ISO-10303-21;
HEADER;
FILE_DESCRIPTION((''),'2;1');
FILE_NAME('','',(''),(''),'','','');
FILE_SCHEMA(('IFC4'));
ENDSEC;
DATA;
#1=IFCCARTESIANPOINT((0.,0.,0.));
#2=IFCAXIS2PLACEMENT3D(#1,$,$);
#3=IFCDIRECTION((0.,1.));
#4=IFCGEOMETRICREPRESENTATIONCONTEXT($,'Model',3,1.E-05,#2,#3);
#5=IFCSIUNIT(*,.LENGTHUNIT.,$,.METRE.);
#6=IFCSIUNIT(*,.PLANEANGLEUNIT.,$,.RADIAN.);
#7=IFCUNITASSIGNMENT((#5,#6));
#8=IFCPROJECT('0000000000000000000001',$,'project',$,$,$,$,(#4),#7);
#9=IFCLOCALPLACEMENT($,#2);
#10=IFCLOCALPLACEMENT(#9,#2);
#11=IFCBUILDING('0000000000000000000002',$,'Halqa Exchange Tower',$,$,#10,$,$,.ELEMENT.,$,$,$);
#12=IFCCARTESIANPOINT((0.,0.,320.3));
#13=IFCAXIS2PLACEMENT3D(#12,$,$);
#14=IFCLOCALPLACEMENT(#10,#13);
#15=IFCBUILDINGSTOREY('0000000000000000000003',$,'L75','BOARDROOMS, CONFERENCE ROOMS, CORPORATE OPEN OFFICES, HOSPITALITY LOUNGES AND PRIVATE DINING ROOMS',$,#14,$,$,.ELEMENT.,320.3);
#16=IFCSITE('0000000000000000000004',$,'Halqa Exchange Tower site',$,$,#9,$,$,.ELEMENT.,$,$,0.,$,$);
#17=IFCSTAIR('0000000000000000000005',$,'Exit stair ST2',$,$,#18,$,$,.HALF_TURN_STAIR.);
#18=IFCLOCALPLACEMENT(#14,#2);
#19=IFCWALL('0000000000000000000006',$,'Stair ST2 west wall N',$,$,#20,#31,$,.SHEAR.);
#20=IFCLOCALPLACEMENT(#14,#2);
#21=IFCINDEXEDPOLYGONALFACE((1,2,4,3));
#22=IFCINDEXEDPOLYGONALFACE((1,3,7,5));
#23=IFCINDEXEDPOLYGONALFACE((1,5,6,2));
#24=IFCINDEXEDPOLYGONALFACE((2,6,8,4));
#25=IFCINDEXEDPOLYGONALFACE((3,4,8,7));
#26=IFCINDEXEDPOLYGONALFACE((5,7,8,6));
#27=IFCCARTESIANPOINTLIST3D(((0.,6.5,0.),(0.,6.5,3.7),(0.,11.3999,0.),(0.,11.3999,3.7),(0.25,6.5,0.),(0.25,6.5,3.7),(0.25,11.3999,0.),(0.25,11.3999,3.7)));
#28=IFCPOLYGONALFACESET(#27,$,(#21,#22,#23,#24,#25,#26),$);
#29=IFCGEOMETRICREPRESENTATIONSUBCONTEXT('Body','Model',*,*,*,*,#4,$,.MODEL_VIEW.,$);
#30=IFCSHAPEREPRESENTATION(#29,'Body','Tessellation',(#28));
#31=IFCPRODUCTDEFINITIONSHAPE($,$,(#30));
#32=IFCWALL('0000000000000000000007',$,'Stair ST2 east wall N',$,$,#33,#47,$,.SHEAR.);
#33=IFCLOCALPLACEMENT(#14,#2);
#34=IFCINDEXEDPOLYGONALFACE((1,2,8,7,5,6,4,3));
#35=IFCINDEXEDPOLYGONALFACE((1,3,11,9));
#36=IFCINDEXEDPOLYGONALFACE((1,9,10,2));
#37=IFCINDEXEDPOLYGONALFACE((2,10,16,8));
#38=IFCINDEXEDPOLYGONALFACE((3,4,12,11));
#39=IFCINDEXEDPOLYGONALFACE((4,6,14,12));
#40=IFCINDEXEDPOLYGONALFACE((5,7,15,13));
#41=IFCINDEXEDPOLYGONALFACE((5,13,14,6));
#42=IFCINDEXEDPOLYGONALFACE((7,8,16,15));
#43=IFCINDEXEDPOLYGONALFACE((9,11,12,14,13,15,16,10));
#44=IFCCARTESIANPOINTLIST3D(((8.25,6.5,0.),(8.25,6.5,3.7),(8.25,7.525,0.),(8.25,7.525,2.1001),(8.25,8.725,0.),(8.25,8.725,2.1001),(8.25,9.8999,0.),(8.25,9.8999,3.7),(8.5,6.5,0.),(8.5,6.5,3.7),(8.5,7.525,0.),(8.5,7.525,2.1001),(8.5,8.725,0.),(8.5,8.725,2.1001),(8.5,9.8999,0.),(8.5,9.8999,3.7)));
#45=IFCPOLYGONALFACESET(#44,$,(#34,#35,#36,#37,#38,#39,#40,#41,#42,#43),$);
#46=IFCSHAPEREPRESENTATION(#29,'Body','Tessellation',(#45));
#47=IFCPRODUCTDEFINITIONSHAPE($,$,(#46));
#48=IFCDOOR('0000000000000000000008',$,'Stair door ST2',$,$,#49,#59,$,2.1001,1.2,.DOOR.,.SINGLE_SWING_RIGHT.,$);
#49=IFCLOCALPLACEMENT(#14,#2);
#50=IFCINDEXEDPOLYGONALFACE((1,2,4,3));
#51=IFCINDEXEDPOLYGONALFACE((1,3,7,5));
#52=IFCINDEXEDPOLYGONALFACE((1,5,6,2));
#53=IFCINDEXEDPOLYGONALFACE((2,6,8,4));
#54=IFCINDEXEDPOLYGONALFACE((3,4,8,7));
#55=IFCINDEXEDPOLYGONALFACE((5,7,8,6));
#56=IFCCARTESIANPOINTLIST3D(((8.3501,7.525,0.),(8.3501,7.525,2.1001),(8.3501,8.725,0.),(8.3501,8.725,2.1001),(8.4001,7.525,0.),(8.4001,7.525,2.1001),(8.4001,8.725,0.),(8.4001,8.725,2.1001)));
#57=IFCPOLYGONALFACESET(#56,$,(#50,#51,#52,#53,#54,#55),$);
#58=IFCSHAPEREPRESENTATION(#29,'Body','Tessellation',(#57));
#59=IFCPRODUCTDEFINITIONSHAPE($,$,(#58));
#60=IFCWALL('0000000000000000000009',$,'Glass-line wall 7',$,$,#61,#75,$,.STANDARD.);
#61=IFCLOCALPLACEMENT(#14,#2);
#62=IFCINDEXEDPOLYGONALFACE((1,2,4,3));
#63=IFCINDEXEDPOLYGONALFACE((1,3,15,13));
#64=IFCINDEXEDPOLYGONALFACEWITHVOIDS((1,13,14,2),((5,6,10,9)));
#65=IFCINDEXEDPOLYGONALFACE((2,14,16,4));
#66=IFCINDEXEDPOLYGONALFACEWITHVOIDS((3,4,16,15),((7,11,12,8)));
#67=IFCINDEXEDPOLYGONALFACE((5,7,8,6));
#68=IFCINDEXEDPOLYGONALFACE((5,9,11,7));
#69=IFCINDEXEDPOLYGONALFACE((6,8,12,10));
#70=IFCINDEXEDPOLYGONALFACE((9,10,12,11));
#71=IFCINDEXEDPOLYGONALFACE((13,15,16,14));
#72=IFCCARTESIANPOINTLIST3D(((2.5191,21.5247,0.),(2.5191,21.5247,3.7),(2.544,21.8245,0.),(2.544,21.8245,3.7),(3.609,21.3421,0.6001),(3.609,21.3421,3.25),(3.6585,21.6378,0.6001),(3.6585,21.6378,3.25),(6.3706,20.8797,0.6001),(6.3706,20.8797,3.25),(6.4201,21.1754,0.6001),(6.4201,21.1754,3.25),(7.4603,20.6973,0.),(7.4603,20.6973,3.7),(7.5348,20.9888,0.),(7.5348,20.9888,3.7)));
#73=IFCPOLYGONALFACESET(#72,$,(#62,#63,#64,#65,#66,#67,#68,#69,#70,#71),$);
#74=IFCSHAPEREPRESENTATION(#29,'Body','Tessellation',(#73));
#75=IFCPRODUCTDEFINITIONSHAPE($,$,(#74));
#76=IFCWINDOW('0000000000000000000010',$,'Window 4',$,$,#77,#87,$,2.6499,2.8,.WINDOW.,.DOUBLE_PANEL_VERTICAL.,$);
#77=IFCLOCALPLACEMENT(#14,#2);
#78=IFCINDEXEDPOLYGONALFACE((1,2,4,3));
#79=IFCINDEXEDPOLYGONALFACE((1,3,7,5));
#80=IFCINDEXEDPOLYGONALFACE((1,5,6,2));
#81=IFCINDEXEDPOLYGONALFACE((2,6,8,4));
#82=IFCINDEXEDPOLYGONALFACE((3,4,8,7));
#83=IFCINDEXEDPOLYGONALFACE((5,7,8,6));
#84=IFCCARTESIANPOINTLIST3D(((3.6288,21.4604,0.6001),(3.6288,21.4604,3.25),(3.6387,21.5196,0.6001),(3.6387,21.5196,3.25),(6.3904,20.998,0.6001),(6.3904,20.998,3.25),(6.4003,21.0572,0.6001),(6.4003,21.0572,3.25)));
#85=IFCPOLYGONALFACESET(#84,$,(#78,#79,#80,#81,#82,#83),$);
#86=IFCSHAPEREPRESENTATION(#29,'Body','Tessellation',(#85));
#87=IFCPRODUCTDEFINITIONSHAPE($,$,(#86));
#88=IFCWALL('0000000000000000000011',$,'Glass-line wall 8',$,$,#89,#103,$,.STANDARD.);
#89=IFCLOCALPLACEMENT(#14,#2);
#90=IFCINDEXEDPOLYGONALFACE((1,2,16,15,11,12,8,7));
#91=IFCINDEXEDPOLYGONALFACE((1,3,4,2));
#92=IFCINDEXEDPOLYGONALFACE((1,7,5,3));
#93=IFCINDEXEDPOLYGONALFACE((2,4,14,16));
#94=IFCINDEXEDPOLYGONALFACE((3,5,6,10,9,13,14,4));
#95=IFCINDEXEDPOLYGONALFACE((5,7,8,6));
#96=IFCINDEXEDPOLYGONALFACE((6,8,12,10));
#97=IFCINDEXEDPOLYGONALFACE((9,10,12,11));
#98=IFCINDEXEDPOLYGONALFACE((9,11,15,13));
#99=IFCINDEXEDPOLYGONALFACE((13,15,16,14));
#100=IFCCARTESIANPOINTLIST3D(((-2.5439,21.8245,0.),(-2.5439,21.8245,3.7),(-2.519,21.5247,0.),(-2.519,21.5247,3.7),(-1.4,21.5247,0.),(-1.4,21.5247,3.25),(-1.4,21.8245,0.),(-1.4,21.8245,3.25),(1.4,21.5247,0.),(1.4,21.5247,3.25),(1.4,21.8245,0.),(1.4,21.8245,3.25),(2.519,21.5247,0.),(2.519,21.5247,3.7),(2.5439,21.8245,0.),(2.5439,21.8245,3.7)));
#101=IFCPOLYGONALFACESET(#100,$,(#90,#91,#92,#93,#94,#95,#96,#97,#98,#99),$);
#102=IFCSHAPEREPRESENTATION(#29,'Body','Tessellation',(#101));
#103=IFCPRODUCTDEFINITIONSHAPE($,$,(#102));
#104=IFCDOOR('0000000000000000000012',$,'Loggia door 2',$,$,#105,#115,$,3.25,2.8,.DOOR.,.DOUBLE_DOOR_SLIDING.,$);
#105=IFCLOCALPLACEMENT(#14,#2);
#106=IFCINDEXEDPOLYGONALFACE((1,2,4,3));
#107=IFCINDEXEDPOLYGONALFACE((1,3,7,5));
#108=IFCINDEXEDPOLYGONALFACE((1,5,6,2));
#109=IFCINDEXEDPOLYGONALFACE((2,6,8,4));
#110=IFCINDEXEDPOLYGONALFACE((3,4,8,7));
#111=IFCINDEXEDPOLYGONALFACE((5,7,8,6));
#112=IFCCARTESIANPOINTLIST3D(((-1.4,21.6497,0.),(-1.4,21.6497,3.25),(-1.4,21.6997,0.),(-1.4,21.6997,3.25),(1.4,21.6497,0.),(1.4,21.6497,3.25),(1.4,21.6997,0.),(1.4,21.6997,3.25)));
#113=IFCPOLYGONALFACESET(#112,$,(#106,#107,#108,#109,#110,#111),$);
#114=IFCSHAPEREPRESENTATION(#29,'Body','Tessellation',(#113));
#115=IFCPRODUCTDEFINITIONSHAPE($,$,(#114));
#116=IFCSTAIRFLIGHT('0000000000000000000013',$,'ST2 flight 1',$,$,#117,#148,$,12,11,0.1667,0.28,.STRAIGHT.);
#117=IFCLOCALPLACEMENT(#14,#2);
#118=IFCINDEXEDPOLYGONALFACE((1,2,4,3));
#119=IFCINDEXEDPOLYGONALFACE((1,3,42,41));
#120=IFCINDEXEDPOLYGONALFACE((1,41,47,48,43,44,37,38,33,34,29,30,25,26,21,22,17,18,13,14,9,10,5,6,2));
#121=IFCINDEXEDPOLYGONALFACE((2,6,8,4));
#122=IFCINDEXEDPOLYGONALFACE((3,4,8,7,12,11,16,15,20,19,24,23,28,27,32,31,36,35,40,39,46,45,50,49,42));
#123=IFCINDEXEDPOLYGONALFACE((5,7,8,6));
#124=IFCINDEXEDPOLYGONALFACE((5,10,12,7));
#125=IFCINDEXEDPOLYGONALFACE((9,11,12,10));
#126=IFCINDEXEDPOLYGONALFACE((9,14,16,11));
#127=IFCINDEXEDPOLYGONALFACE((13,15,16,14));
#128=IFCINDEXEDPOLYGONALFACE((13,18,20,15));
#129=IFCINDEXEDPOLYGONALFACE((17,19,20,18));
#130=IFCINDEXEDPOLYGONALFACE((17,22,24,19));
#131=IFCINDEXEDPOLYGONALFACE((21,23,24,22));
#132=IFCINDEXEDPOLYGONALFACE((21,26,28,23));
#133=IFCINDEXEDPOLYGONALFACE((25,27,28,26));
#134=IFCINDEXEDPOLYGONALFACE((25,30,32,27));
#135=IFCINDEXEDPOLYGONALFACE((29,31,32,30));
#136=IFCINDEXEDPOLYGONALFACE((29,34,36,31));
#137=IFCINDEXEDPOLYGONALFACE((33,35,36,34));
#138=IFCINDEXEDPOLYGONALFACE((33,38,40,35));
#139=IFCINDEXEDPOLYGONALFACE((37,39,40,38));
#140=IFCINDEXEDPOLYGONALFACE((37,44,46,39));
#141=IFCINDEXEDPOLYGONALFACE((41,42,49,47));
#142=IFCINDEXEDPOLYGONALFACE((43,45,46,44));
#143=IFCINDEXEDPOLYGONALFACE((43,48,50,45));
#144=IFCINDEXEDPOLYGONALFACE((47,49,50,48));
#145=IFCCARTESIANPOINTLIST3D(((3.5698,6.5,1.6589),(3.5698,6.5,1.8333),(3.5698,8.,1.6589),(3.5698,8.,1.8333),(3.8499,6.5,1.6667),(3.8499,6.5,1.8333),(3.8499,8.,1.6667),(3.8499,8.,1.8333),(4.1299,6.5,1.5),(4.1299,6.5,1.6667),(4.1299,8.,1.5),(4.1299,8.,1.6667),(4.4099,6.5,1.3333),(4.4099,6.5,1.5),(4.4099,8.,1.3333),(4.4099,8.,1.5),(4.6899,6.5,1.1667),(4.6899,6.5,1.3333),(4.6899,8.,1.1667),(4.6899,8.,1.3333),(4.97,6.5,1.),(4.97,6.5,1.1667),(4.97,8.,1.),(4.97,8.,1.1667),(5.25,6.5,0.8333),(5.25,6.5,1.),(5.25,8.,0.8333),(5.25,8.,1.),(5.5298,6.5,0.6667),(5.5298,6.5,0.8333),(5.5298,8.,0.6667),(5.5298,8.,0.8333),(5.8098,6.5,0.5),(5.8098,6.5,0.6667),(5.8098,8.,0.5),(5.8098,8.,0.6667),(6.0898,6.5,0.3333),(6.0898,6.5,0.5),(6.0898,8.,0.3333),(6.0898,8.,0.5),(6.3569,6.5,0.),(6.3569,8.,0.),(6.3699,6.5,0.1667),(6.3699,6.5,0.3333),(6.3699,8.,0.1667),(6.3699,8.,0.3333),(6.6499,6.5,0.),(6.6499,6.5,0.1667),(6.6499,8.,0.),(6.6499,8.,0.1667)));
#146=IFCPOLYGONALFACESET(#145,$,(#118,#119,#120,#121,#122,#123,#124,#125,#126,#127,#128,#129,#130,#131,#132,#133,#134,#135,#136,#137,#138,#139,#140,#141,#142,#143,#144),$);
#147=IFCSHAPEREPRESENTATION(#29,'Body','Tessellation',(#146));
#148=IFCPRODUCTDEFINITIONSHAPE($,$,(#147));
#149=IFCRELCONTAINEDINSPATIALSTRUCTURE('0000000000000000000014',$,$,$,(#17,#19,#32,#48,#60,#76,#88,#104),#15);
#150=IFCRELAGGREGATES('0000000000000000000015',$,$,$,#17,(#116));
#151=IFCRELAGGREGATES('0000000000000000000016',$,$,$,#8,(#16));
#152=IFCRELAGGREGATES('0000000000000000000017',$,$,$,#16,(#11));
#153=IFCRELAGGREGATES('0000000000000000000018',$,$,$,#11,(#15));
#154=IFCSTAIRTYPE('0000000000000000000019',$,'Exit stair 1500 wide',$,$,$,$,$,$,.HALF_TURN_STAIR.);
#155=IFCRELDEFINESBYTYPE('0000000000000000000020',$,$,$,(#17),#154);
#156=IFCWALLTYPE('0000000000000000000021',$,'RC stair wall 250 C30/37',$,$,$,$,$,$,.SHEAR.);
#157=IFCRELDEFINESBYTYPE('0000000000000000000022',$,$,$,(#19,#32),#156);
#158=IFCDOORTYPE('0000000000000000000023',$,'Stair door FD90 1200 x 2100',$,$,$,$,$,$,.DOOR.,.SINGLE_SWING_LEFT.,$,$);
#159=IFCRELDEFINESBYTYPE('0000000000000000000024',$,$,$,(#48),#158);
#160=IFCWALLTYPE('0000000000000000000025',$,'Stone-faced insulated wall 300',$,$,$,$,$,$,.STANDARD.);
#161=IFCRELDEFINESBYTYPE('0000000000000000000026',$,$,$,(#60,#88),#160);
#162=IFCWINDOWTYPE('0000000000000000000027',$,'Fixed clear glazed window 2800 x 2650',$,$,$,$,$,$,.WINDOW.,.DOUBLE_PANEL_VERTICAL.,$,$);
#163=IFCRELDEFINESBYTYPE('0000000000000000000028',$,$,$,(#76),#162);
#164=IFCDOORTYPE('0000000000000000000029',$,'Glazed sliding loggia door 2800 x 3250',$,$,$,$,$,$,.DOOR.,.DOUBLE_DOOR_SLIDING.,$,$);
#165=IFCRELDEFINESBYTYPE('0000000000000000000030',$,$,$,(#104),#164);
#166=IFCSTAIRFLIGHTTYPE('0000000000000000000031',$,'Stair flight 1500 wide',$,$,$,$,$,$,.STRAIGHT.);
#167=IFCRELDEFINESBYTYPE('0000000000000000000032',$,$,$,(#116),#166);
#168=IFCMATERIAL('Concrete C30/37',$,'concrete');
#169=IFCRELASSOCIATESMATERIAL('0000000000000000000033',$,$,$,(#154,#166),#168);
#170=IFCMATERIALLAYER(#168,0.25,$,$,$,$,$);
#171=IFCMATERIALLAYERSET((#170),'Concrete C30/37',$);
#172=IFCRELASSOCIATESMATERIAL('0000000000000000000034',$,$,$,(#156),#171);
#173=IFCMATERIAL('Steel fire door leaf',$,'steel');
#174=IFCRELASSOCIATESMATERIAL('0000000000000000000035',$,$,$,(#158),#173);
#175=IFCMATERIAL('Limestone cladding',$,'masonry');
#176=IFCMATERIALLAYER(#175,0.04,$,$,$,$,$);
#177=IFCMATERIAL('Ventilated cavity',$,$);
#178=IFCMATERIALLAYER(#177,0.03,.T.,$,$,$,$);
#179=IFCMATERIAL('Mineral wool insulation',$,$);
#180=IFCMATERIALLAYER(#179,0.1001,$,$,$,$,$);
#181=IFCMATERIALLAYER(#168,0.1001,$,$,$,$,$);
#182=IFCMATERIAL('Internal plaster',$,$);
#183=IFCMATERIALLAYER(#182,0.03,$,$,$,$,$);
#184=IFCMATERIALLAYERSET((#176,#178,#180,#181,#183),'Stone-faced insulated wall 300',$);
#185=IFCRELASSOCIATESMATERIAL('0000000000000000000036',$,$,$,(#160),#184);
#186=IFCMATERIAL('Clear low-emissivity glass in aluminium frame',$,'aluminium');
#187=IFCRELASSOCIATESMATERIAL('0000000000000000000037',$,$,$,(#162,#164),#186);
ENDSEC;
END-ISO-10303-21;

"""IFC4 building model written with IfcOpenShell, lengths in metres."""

from ifc_helpers import new_model, si_unit, direction, frame, frame_2d, origin, place, context, subcontext, project, spatial, polyline, rectangle, outline, extrude, material, layer, layer_set, type_object, element, fill, aggregate, save


model = new_model("IFC4")

# Units and contexts
model_context = context("Model", 3, precision=1e-05, world=origin(), true_north=direction((0.0, 1.0)))
body_context = subcontext(model_context, "Body", "Model", "MODEL_VIEW")
ifc_project = project(units=[si_unit("LENGTHUNIT", "METRE"), si_unit("PLANEANGLEUNIT", "RADIAN")], contexts=[model_context])

# Site, building, storey
site_placement = place(None, origin())
site = spatial("IfcSite", under=ifc_project, at=site_placement, Name="Halqa Exchange Tower site", CompositionType="ELEMENT", RefElevation=0.0)
building_placement = place(site_placement, origin())
building = spatial("IfcBuilding", under=site, at=building_placement, Name="Halqa Exchange Tower", CompositionType="ELEMENT")
storey_placement = place(building_placement, frame((0.0, 0.0, 320.3)))
storey = spatial("IfcBuildingStorey", under=building, at=storey_placement, Name="L75", Description="BOARDROOMS, CONFERENCE ROOMS, CORPORATE OPEN OFFICES, HOSPITALITY LOUNGES AND PRIVATE DINING ROOMS", CompositionType="ELEMENT", Elevation=320.3)

# Stair
ifc_material_1 = material(Name="Concrete C30/37", Category="concrete")
stair_type = type_object("IfcStairType", Name="Exit stair 1500 wide", PredefinedType="HALF_TURN_STAIR", material=ifc_material_1)
stair_1_placement = place(storey_placement, origin())
stair_1 = element("IfcStair", 1, at=stair_1_placement, inside=storey, type_object=stair_type, Name="Exit stair ST2", PredefinedType="HALF_TURN_STAIR")

# Wall
ifc_layer_1 = layer(ifc_material_1, 0.25)
ifc_layer_set_1 = layer_set([ifc_layer_1], Name="Concrete C30/37")
wall_type_1 = type_object("IfcWallType", Name="RC stair wall 250 C30/37", PredefinedType="SHEAR", material=ifc_layer_set_1)
wall_1_placement = place(storey_placement, frame((0.125, 6.5, 0.0), z_axis=(0.0, 0.0, 1.0), x_axis=(0.0, 1.0, 0.0)))
element("IfcWall", 2, at=wall_1_placement, inside=storey, type_object=wall_type_1, Name="Stair ST2 west wall N", PredefinedType="SHEAR", context=body_context, shape_type="SweptSolid", body=[
    extrude(rectangle(XDim=4.8999, YDim=0.25, at=frame_2d((2.45, 0.0))), origin(), (0.0, 0.0, 1.0), 3.7),
])

# Wall, opening, door
wall_2_placement = place(storey_placement, frame((8.375, 6.5, 0.0), z_axis=(0.0, 0.0, 1.0), x_axis=(0.0, 1.0, 0.0)))
wall_2 = element("IfcWall", 3, at=wall_2_placement, inside=storey, type_object=wall_type_1, Name="Stair ST2 east wall N", PredefinedType="SHEAR", context=body_context, shape_type="SweptSolid", body=[
    extrude(rectangle(XDim=3.3999, YDim=0.25, at=frame_2d((1.7, 0.0))), origin(), (0.0, 0.0, 1.0), 3.7),
])
opening_1_placement = place(wall_2_placement, frame((1.0249, 0.0, 0.0)))
opening_1 = element("IfcOpeningElement", 4, at=opening_1_placement, cuts=wall_2, PredefinedType="OPENING", context=body_context, shape_type="SweptSolid", body=[
    extrude(rectangle(XDim=1.2, YDim=2.1001, at=frame_2d((0.6001, 1.05))), frame((0.0, 0.137, 0.0), z_axis=(0.0, -1.0, 0.0), x_axis=(1.0, 0.0, 0.0)), (0.0, 0.0, 1.0), 0.2739),
])
ifc_material_2 = material(Name="Steel fire door leaf", Category="steel")
door_type_1 = type_object("IfcDoorType", Name="Stair door FD90 1200 x 2100", OperationType="SINGLE_SWING_LEFT", PredefinedType="DOOR", material=ifc_material_2)
door_1_placement = place(opening_1_placement, origin())
door_1 = element("IfcDoor", 5, at=door_1_placement, inside=storey, type_object=door_type_1, Name="Stair door ST2", OperationType="SINGLE_SWING_RIGHT", OverallHeight=2.1001, OverallWidth=1.2, PredefinedType="DOOR", context=body_context, shape_type="SweptSolid", body=[
    extrude(rectangle(XDim=1.2, YDim=2.1001, at=frame_2d((0.6001, 1.05))), frame((0.0, 0.0249, 0.0), z_axis=(0.0, -1.0, 0.0), x_axis=(1.0, 0.0, 0.0)), (0.0, 0.0, 1.0), 0.05),
])
fill(opening_1, door_1)

# Wall, opening, window
ifc_material_3 = material(Name="Limestone cladding", Category="masonry")
ifc_layer_2 = layer(ifc_material_3, 0.04)
ifc_material_4 = material(Name="Ventilated cavity")
ifc_layer_3 = layer(ifc_material_4, 0.03, ventilated=True)
ifc_material_5 = material(Name="Mineral wool insulation")
ifc_layer_4 = layer(ifc_material_5, 0.1001)
ifc_layer_5 = layer(ifc_material_1, 0.1001)
ifc_material_6 = material(Name="Internal plaster")
ifc_layer_6 = layer(ifc_material_6, 0.03)
ifc_layer_set_2 = layer_set([ifc_layer_2, ifc_layer_3, ifc_layer_4, ifc_layer_5, ifc_layer_6], Name="Stone-faced insulated wall 300")
wall_type_2 = type_object("IfcWallType", Name="Stone-faced insulated wall 300", PredefinedType="STANDARD", material=ifc_layer_set_2)
wall_3_placement = place(storey_placement, frame((7.4976, 20.843, 0.0), z_axis=(0.0, 0.0, 1.0), x_axis=(-0.986269, 0.165146, 0.0)))
wall_3 = element("IfcWall", 6, at=wall_3_placement, inside=storey, type_object=wall_type_2, Name="Glass-line wall 7", PredefinedType="STANDARD", context=body_context, shape_type="SweptSolid", body=[
    extrude(outline(polyline([(-0.0127, -0.1499), (5.0476, -0.1499), (5.0227, 0.1499), (0.0127, 0.1499), (-0.0127, -0.1499)])), origin(), (0.0, 0.0, 1.0), 3.7),
])
opening_2_placement = place(wall_3_placement, frame((1.1177, 0.0, 0.6001)))
opening_2 = element("IfcOpeningElement", 7, at=opening_2_placement, cuts=wall_3, PredefinedType="OPENING", context=body_context, shape_type="SweptSolid", body=[
    extrude(rectangle(XDim=2.8, YDim=2.6499, at=frame_2d((1.3999, 1.325))), frame((0.0, 0.1621, 0.0), z_axis=(0.0, -1.0, 0.0), x_axis=(1.0, 0.0, 0.0)), (0.0, 0.0, 1.0), 0.324),
])
ifc_material_7 = material(Name="Clear low-emissivity glass in aluminium frame", Category="aluminium")
window_type = type_object("IfcWindowType", Name="Fixed clear glazed window 2800 x 2650", PartitioningType="DOUBLE_PANEL_VERTICAL", PredefinedType="WINDOW", material=ifc_material_7)
window_placement = place(opening_2_placement, origin())
window = element("IfcWindow", 8, at=window_placement, inside=storey, type_object=window_type, Name="Window 4", OverallHeight=2.6499, OverallWidth=2.8, PartitioningType="DOUBLE_PANEL_VERTICAL", PredefinedType="WINDOW", context=body_context, shape_type="SweptSolid", body=[
    extrude(rectangle(XDim=2.8, YDim=2.6499, at=frame_2d((1.3999, 1.325))), frame((0.0, 0.03, 0.0), z_axis=(0.0, -1.0, 0.0), x_axis=(1.0, 0.0, 0.0)), (0.0, 0.0, 1.0), 0.0601),
])
fill(opening_2, window)

# Wall, opening, door
wall_4_placement = place(storey_placement, frame((2.5315, 21.6746, 0.0), z_axis=(0.0, 0.0, 1.0), x_axis=(-1.0, 0.0, 0.0)))
wall_4 = element("IfcWall", 9, at=wall_4_placement, inside=storey, type_object=wall_type_2, Name="Glass-line wall 8", PredefinedType="STANDARD", context=body_context, shape_type="SweptSolid", body=[
    extrude(outline(polyline([(-0.0125, -0.1499), (5.0754, -0.1499), (5.0505, 0.1499), (0.0125, 0.1499), (-0.0125, -0.1499)])), origin(), (0.0, 0.0, 1.0), 3.7),
])
opening_3_placement = place(wall_4_placement, frame((1.1316, 0.0, 0.0)))
opening_3 = element("IfcOpeningElement", 10, at=opening_3_placement, cuts=wall_4, PredefinedType="OPENING", context=body_context, shape_type="SweptSolid", body=[
    extrude(rectangle(XDim=2.8, YDim=3.25, at=frame_2d((1.3999, 1.625))), frame((0.0, 0.1621, 0.0), z_axis=(0.0, -1.0, 0.0), x_axis=(1.0, 0.0, 0.0)), (0.0, 0.0, 1.0), 0.324),
])
door_type_2 = type_object("IfcDoorType", Name="Glazed sliding loggia door 2800 x 3250", OperationType="DOUBLE_DOOR_SLIDING", PredefinedType="DOOR", material=ifc_material_7)
door_2_placement = place(opening_3_placement, origin())
door_2 = element("IfcDoor", 11, at=door_2_placement, inside=storey, type_object=door_type_2, Name="Loggia door 2", OperationType="DOUBLE_DOOR_SLIDING", OverallHeight=3.25, OverallWidth=2.8, PredefinedType="DOOR", context=body_context, shape_type="SweptSolid", body=[
    extrude(rectangle(XDim=2.8, YDim=3.25, at=frame_2d((1.3999, 1.625))), frame((0.0, 0.0249, 0.0), z_axis=(0.0, -1.0, 0.0), x_axis=(1.0, 0.0, 0.0)), (0.0, 0.0, 1.0), 0.05),
])
fill(opening_3, door_2)

# Stair flight
stair_flight_type = type_object("IfcStairFlightType", Name="Stair flight 1500 wide", PredefinedType="STRAIGHT", material=ifc_material_1)
stair_flight_1_placement = place(storey_placement, frame((6.6499, 7.25, 0.0), z_axis=(0.0, 0.0, 1.0), x_axis=(-1.0, 0.0, 0.0)))
stair_flight_1 = element("IfcStairFlight", 12, at=stair_flight_1_placement, type_object=stair_flight_type, Name="ST2 flight 1", NumberOfRisers=12, NumberOfTreads=11, PredefinedType="STRAIGHT", RiserHeight=0.1667, TreadLength=0.28, context=body_context, shape_type="SweptSolid", body=[
    extrude(outline(polyline([(0.0, 0.0), (0.0, 0.1667), (0.28, 0.1667), (0.28, 0.3333), (0.5601, 0.3333), (0.5601, 0.5), (0.8401, 0.5), (0.8401, 0.6667), (1.1201, 0.6667), (1.1201, 0.8333), (1.3999, 0.8333), (1.3999, 1.0), (1.6799, 1.0), (1.6799, 1.1667), (1.96, 1.1667), (1.96, 1.3333), (2.24, 1.3333), (2.24, 1.5), (2.52, 1.5), (2.52, 1.6667), (2.8, 1.6667), (2.8, 1.8333), (3.0801, 1.8333), (3.0801, 2.0), (3.0801, 1.6589), (0.293, 0.0), (0.0, 0.0)])), frame((0.0, 0.75, 0.0), z_axis=(0.0, -1.0, 0.0), x_axis=(1.0, 0.0, 0.0)), (0.0, 0.0, 1.0), 1.5),
])
aggregate(stair_1, [stair_flight_1])

save(model, "model.ifc")
